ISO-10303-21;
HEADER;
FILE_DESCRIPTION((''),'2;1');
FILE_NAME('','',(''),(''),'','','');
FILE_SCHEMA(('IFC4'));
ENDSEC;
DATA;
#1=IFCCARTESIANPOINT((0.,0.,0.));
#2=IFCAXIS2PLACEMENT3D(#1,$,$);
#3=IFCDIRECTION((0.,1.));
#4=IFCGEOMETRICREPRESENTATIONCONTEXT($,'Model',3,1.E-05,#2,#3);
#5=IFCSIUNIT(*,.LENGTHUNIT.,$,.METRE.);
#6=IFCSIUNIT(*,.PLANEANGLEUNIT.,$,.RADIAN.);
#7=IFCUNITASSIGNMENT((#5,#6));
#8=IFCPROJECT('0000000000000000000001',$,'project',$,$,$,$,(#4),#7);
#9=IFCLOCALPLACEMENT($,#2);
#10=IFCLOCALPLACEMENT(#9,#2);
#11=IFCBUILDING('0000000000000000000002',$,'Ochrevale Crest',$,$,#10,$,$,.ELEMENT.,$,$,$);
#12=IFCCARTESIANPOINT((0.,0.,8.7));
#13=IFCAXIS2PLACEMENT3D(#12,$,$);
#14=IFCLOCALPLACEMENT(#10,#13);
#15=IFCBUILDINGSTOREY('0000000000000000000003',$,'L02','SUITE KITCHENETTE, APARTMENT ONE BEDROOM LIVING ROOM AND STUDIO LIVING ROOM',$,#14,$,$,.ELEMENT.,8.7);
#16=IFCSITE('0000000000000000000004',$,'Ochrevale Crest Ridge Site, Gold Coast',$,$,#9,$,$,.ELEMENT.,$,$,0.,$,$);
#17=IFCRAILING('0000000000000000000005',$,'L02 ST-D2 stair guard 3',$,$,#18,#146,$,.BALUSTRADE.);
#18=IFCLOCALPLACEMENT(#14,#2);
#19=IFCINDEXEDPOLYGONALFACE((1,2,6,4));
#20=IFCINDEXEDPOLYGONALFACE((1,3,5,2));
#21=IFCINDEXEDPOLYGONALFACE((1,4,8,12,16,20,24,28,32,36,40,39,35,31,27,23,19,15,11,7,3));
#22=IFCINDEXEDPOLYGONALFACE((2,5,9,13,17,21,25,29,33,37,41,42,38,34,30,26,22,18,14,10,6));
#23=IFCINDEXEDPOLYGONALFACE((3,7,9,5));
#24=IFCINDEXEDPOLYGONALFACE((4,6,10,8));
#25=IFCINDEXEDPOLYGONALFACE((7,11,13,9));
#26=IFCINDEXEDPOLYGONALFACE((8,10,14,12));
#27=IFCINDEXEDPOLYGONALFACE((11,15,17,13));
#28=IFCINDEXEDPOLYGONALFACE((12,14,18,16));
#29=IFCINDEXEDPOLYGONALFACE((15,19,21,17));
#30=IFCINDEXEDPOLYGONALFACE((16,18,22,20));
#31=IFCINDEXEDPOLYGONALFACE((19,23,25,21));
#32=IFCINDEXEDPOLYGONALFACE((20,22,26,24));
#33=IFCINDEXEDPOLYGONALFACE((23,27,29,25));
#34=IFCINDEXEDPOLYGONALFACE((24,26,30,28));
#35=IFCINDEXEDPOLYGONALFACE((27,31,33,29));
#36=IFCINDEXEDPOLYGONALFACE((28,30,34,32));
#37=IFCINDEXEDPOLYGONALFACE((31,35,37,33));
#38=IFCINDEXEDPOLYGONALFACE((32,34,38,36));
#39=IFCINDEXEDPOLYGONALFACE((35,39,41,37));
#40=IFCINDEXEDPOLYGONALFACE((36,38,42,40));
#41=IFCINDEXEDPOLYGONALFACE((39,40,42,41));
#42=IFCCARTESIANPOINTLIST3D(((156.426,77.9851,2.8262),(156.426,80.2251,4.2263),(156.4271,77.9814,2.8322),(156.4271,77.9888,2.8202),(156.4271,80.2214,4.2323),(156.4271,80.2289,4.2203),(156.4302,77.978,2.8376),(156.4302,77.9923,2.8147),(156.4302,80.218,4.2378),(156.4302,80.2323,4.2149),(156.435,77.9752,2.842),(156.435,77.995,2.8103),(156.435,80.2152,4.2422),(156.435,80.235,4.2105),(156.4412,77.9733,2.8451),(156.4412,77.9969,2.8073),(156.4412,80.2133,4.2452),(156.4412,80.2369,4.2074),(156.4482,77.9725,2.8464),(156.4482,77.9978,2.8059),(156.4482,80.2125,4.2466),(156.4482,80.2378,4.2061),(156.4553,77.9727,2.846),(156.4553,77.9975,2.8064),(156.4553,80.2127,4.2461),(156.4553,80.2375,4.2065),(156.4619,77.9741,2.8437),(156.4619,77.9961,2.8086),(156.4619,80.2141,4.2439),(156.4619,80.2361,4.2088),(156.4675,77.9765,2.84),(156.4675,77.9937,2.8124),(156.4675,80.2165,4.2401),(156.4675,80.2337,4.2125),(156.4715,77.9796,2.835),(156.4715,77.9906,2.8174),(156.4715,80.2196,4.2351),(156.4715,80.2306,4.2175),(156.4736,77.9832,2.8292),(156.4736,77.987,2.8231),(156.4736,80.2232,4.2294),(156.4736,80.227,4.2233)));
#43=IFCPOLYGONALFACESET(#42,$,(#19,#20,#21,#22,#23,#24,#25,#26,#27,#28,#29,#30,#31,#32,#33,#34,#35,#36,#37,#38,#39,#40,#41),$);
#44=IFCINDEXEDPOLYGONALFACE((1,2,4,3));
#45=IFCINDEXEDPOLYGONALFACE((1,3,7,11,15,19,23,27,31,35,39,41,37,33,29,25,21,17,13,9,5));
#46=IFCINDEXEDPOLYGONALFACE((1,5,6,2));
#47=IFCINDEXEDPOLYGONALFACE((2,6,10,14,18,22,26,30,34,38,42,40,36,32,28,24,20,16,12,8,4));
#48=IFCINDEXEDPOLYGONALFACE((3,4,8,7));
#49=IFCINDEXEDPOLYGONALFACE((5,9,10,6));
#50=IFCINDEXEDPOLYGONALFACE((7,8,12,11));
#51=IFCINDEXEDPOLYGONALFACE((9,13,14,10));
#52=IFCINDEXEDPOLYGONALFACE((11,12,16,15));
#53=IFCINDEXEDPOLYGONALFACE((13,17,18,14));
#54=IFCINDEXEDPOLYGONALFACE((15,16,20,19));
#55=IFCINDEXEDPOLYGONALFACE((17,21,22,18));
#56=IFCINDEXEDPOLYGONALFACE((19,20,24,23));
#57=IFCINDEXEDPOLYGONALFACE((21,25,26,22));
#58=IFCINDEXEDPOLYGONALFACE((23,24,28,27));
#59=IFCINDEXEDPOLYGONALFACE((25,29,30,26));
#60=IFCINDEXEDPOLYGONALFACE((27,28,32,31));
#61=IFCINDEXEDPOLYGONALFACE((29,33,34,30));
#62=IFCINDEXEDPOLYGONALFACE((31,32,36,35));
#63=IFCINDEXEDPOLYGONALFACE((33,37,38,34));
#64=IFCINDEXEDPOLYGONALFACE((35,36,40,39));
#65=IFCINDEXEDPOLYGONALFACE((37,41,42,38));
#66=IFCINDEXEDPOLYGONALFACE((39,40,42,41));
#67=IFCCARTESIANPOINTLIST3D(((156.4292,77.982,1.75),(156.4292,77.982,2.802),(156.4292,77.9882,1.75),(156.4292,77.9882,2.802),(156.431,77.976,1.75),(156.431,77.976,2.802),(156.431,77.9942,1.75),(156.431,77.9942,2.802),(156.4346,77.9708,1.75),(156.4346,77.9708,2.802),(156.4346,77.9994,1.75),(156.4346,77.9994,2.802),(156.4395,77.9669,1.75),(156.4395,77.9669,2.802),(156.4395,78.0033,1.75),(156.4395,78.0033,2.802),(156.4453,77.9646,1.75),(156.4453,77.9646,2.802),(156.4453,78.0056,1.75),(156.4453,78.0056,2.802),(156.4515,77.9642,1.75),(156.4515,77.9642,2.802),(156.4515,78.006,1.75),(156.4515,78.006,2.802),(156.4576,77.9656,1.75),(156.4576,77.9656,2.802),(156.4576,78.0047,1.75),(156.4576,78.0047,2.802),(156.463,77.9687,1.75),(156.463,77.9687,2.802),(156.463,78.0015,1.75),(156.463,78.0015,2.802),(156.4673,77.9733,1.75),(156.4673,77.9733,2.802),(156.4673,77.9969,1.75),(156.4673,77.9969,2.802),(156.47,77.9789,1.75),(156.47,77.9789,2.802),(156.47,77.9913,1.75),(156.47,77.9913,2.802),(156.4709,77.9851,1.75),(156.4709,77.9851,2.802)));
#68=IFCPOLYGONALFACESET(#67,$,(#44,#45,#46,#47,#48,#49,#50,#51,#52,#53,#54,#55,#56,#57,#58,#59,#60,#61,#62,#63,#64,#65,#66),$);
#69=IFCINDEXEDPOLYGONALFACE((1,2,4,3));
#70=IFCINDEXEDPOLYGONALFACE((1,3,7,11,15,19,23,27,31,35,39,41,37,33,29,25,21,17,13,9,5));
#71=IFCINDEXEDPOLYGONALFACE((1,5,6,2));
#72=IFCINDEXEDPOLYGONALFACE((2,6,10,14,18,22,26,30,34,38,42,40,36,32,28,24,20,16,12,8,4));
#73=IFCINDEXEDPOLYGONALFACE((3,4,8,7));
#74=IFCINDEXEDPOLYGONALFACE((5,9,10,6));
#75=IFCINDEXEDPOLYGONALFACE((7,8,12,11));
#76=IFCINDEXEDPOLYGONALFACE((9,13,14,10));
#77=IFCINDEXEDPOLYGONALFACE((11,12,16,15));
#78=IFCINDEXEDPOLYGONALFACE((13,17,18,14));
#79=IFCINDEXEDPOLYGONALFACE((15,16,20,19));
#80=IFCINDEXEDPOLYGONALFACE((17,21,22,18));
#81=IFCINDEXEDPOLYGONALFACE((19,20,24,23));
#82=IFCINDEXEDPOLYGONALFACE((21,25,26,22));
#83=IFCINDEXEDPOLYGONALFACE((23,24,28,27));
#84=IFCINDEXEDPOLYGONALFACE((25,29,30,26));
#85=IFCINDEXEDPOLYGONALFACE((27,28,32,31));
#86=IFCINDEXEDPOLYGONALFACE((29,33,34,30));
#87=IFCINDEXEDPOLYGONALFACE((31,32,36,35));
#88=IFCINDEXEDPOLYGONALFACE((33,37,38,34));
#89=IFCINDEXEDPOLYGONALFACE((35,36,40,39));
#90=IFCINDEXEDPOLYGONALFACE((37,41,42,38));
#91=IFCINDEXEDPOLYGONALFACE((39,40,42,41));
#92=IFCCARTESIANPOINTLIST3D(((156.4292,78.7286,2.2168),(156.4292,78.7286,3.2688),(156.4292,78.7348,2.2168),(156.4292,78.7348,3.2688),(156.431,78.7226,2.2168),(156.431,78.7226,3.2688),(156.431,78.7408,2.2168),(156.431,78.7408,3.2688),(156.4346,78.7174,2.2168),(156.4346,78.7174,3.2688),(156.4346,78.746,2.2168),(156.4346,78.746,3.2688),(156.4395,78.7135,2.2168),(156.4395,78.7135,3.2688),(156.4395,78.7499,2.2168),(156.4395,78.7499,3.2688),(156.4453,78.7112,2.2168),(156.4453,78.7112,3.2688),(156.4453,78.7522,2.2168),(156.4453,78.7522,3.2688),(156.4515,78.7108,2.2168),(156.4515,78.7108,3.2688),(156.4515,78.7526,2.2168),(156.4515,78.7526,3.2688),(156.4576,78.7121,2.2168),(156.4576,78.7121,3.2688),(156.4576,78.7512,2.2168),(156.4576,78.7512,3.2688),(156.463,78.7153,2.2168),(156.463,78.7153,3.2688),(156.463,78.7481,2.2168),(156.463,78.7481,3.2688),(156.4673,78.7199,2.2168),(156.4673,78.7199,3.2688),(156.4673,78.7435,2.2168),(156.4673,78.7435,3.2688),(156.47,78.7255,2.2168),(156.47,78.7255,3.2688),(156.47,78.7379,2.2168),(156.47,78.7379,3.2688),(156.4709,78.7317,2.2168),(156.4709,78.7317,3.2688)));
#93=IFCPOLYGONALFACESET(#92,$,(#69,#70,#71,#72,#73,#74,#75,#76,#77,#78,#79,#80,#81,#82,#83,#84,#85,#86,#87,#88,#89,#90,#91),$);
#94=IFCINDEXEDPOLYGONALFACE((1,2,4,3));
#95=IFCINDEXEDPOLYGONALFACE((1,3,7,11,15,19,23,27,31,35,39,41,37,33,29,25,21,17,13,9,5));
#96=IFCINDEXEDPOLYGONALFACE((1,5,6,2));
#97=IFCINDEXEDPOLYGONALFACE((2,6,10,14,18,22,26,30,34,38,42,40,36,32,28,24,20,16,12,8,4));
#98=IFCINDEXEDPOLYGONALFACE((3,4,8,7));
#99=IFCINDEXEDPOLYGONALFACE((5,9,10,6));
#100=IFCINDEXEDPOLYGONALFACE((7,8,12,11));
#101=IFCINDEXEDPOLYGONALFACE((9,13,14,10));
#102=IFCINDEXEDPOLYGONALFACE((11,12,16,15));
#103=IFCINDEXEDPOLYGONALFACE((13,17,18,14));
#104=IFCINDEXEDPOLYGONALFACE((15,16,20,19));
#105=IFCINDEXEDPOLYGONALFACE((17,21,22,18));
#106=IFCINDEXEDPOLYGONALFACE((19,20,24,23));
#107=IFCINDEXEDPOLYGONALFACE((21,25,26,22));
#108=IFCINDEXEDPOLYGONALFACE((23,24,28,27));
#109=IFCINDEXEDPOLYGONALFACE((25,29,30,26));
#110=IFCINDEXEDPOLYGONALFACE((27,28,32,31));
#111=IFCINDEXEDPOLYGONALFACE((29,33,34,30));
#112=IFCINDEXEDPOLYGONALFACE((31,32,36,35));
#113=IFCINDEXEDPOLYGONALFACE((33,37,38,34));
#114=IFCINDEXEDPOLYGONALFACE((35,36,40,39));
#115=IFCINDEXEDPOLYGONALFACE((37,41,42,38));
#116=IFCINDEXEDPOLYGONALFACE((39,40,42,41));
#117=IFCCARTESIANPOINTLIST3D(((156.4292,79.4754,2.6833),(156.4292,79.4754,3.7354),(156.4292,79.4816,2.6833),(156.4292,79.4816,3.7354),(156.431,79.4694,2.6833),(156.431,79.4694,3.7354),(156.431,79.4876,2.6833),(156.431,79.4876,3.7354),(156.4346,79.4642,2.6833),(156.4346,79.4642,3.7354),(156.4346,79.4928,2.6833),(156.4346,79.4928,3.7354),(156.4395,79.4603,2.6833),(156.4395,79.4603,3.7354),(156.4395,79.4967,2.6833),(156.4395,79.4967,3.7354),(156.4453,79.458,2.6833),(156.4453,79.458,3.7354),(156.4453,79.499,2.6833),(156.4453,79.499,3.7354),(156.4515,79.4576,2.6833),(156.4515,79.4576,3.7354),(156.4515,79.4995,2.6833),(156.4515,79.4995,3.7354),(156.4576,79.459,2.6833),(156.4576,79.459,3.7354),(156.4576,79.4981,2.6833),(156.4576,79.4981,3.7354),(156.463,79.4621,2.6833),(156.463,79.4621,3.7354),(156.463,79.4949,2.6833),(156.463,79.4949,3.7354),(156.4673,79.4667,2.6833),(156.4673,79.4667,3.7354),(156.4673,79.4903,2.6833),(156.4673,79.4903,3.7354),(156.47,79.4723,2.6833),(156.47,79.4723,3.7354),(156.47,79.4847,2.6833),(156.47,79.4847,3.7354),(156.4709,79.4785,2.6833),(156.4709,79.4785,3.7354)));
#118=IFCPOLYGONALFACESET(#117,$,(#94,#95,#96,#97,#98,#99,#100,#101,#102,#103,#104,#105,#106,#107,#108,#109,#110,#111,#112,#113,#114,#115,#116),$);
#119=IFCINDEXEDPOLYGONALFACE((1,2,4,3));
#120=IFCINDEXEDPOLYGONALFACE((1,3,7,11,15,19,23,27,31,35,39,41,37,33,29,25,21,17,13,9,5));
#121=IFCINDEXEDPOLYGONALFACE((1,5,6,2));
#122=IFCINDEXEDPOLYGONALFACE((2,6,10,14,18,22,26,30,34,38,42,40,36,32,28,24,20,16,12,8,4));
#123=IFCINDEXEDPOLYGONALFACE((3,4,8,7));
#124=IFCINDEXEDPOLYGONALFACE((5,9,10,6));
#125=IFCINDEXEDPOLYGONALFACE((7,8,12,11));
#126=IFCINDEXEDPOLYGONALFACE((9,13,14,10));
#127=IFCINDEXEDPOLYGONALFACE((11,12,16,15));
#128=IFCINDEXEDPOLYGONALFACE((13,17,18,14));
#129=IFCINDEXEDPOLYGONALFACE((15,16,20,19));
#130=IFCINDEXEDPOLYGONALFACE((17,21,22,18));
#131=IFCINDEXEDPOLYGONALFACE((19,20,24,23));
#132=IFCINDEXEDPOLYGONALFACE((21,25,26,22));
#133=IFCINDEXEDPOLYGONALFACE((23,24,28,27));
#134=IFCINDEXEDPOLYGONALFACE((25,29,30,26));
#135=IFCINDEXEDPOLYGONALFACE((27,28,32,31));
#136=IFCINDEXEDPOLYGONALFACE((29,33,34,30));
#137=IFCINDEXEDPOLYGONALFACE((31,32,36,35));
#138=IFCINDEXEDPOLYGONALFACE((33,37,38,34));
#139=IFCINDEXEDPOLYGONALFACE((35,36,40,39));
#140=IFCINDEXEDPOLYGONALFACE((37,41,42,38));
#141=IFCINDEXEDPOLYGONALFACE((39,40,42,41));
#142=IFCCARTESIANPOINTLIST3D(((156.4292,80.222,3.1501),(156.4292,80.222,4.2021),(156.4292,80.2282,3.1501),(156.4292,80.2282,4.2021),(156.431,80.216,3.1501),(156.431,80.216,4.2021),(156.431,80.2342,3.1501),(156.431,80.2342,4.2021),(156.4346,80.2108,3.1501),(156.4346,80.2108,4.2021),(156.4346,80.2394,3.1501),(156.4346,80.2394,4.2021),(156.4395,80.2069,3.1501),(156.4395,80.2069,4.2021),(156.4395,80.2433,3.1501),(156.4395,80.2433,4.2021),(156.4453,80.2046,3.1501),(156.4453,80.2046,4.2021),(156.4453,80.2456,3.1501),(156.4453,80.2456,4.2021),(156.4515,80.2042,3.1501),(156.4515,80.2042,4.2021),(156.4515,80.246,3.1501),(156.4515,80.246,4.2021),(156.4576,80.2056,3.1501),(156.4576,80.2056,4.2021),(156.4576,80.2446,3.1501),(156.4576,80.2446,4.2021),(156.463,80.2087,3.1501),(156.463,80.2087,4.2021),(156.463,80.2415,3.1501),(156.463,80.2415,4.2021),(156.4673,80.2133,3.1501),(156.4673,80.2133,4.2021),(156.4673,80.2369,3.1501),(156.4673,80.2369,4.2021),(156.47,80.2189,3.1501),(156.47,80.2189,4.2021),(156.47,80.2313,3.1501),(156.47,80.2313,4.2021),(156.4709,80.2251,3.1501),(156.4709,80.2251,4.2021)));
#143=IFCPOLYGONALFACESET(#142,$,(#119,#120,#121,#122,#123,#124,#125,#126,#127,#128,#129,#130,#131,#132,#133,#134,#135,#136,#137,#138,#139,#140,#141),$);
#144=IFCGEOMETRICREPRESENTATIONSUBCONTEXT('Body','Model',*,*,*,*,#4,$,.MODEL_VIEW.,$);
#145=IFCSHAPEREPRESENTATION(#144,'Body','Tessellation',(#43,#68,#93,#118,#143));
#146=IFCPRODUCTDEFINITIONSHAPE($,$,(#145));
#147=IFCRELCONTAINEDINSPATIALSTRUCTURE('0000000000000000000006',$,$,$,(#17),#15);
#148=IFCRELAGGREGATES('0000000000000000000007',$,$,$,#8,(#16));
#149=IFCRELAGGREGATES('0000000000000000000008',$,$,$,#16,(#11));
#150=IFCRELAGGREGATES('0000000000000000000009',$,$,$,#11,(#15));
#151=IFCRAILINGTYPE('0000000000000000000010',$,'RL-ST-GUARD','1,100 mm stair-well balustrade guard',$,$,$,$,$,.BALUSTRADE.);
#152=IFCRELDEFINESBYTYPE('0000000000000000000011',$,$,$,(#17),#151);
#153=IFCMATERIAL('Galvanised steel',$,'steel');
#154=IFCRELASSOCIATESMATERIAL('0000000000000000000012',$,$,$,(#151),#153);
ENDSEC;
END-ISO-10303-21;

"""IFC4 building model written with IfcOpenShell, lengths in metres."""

from ifc_helpers import new_model, si_unit, direction, frame, origin, origin_2d, place, context, subcontext, project, spatial, circle, extrude, material, type_object, element, save


model = new_model("IFC4")

# Units and contexts
model_context = context("Model", 3, precision=1e-05, world=origin(), true_north=direction((0.0, 1.0)))
body_context = subcontext(model_context, "Body", "Model", "MODEL_VIEW")
ifc_project = project(units=[si_unit("LENGTHUNIT", "METRE"), si_unit("PLANEANGLEUNIT", "RADIAN")], contexts=[model_context])

# Site, building, storey
site_placement = place(None, origin())
site = spatial("IfcSite", under=ifc_project, at=site_placement, Name="Ochrevale Crest Ridge Site, Gold Coast", CompositionType="ELEMENT", RefElevation=0.0)
building_placement = place(site_placement, origin())
building = spatial("IfcBuilding", under=site, at=building_placement, Name="Ochrevale Crest", CompositionType="ELEMENT")
storey_placement = place(building_placement, frame((0.0, 0.0, 8.7)))
storey = spatial("IfcBuildingStorey", under=building, at=storey_placement, Name="L02", Description="SUITE KITCHENETTE, APARTMENT ONE BEDROOM LIVING ROOM AND STUDIO LIVING ROOM", CompositionType="ELEMENT", Elevation=8.7)

# Railing
ifc_material_1 = material(Name="Galvanised steel", Category="steel")
railing_type_1 = type_object("IfcRailingType", Name="RL-ST-GUARD", Description="1,100 mm stair-well balustrade guard", PredefinedType="BALUSTRADE", material=ifc_material_1)
railing_1_placement = place(storey_placement, frame((156.45, 77.9851, 1.75)))
element("IfcRailing", 1, at=railing_1_placement, inside=storey, type_object=railing_type_1, Name="L02 ST-D2 stair guard 3", PredefinedType="BALUSTRADE", context=body_context, shape_type="SweptSolid", body=[
    extrude(circle(Radius=0.0239, at=origin_2d()), frame((0.0, 0.0, 1.0762), z_axis=(0.0, 0.847972, 0.53004), x_axis=(-1.0, 0.0, 0.0)), (0.0, 0.0, 1.0), 2.6416),
    extrude(circle(Radius=0.021, at=origin_2d()), origin(), (0.0, 0.0, 1.0), 1.052),
    extrude(circle(Radius=0.021, at=origin_2d()), frame((0.0, 0.7466, 0.4668)), (0.0, 0.0, 1.0), 1.052),
    extrude(circle(Radius=0.021, at=origin_2d()), frame((0.0, 1.4934, 0.9333)), (0.0, 0.0, 1.0), 1.052),
    extrude(circle(Radius=0.021, at=origin_2d()), frame((0.0, 2.24, 1.4001)), (0.0, 0.0, 1.0), 1.052),
])

save(model, "model.ifc")
